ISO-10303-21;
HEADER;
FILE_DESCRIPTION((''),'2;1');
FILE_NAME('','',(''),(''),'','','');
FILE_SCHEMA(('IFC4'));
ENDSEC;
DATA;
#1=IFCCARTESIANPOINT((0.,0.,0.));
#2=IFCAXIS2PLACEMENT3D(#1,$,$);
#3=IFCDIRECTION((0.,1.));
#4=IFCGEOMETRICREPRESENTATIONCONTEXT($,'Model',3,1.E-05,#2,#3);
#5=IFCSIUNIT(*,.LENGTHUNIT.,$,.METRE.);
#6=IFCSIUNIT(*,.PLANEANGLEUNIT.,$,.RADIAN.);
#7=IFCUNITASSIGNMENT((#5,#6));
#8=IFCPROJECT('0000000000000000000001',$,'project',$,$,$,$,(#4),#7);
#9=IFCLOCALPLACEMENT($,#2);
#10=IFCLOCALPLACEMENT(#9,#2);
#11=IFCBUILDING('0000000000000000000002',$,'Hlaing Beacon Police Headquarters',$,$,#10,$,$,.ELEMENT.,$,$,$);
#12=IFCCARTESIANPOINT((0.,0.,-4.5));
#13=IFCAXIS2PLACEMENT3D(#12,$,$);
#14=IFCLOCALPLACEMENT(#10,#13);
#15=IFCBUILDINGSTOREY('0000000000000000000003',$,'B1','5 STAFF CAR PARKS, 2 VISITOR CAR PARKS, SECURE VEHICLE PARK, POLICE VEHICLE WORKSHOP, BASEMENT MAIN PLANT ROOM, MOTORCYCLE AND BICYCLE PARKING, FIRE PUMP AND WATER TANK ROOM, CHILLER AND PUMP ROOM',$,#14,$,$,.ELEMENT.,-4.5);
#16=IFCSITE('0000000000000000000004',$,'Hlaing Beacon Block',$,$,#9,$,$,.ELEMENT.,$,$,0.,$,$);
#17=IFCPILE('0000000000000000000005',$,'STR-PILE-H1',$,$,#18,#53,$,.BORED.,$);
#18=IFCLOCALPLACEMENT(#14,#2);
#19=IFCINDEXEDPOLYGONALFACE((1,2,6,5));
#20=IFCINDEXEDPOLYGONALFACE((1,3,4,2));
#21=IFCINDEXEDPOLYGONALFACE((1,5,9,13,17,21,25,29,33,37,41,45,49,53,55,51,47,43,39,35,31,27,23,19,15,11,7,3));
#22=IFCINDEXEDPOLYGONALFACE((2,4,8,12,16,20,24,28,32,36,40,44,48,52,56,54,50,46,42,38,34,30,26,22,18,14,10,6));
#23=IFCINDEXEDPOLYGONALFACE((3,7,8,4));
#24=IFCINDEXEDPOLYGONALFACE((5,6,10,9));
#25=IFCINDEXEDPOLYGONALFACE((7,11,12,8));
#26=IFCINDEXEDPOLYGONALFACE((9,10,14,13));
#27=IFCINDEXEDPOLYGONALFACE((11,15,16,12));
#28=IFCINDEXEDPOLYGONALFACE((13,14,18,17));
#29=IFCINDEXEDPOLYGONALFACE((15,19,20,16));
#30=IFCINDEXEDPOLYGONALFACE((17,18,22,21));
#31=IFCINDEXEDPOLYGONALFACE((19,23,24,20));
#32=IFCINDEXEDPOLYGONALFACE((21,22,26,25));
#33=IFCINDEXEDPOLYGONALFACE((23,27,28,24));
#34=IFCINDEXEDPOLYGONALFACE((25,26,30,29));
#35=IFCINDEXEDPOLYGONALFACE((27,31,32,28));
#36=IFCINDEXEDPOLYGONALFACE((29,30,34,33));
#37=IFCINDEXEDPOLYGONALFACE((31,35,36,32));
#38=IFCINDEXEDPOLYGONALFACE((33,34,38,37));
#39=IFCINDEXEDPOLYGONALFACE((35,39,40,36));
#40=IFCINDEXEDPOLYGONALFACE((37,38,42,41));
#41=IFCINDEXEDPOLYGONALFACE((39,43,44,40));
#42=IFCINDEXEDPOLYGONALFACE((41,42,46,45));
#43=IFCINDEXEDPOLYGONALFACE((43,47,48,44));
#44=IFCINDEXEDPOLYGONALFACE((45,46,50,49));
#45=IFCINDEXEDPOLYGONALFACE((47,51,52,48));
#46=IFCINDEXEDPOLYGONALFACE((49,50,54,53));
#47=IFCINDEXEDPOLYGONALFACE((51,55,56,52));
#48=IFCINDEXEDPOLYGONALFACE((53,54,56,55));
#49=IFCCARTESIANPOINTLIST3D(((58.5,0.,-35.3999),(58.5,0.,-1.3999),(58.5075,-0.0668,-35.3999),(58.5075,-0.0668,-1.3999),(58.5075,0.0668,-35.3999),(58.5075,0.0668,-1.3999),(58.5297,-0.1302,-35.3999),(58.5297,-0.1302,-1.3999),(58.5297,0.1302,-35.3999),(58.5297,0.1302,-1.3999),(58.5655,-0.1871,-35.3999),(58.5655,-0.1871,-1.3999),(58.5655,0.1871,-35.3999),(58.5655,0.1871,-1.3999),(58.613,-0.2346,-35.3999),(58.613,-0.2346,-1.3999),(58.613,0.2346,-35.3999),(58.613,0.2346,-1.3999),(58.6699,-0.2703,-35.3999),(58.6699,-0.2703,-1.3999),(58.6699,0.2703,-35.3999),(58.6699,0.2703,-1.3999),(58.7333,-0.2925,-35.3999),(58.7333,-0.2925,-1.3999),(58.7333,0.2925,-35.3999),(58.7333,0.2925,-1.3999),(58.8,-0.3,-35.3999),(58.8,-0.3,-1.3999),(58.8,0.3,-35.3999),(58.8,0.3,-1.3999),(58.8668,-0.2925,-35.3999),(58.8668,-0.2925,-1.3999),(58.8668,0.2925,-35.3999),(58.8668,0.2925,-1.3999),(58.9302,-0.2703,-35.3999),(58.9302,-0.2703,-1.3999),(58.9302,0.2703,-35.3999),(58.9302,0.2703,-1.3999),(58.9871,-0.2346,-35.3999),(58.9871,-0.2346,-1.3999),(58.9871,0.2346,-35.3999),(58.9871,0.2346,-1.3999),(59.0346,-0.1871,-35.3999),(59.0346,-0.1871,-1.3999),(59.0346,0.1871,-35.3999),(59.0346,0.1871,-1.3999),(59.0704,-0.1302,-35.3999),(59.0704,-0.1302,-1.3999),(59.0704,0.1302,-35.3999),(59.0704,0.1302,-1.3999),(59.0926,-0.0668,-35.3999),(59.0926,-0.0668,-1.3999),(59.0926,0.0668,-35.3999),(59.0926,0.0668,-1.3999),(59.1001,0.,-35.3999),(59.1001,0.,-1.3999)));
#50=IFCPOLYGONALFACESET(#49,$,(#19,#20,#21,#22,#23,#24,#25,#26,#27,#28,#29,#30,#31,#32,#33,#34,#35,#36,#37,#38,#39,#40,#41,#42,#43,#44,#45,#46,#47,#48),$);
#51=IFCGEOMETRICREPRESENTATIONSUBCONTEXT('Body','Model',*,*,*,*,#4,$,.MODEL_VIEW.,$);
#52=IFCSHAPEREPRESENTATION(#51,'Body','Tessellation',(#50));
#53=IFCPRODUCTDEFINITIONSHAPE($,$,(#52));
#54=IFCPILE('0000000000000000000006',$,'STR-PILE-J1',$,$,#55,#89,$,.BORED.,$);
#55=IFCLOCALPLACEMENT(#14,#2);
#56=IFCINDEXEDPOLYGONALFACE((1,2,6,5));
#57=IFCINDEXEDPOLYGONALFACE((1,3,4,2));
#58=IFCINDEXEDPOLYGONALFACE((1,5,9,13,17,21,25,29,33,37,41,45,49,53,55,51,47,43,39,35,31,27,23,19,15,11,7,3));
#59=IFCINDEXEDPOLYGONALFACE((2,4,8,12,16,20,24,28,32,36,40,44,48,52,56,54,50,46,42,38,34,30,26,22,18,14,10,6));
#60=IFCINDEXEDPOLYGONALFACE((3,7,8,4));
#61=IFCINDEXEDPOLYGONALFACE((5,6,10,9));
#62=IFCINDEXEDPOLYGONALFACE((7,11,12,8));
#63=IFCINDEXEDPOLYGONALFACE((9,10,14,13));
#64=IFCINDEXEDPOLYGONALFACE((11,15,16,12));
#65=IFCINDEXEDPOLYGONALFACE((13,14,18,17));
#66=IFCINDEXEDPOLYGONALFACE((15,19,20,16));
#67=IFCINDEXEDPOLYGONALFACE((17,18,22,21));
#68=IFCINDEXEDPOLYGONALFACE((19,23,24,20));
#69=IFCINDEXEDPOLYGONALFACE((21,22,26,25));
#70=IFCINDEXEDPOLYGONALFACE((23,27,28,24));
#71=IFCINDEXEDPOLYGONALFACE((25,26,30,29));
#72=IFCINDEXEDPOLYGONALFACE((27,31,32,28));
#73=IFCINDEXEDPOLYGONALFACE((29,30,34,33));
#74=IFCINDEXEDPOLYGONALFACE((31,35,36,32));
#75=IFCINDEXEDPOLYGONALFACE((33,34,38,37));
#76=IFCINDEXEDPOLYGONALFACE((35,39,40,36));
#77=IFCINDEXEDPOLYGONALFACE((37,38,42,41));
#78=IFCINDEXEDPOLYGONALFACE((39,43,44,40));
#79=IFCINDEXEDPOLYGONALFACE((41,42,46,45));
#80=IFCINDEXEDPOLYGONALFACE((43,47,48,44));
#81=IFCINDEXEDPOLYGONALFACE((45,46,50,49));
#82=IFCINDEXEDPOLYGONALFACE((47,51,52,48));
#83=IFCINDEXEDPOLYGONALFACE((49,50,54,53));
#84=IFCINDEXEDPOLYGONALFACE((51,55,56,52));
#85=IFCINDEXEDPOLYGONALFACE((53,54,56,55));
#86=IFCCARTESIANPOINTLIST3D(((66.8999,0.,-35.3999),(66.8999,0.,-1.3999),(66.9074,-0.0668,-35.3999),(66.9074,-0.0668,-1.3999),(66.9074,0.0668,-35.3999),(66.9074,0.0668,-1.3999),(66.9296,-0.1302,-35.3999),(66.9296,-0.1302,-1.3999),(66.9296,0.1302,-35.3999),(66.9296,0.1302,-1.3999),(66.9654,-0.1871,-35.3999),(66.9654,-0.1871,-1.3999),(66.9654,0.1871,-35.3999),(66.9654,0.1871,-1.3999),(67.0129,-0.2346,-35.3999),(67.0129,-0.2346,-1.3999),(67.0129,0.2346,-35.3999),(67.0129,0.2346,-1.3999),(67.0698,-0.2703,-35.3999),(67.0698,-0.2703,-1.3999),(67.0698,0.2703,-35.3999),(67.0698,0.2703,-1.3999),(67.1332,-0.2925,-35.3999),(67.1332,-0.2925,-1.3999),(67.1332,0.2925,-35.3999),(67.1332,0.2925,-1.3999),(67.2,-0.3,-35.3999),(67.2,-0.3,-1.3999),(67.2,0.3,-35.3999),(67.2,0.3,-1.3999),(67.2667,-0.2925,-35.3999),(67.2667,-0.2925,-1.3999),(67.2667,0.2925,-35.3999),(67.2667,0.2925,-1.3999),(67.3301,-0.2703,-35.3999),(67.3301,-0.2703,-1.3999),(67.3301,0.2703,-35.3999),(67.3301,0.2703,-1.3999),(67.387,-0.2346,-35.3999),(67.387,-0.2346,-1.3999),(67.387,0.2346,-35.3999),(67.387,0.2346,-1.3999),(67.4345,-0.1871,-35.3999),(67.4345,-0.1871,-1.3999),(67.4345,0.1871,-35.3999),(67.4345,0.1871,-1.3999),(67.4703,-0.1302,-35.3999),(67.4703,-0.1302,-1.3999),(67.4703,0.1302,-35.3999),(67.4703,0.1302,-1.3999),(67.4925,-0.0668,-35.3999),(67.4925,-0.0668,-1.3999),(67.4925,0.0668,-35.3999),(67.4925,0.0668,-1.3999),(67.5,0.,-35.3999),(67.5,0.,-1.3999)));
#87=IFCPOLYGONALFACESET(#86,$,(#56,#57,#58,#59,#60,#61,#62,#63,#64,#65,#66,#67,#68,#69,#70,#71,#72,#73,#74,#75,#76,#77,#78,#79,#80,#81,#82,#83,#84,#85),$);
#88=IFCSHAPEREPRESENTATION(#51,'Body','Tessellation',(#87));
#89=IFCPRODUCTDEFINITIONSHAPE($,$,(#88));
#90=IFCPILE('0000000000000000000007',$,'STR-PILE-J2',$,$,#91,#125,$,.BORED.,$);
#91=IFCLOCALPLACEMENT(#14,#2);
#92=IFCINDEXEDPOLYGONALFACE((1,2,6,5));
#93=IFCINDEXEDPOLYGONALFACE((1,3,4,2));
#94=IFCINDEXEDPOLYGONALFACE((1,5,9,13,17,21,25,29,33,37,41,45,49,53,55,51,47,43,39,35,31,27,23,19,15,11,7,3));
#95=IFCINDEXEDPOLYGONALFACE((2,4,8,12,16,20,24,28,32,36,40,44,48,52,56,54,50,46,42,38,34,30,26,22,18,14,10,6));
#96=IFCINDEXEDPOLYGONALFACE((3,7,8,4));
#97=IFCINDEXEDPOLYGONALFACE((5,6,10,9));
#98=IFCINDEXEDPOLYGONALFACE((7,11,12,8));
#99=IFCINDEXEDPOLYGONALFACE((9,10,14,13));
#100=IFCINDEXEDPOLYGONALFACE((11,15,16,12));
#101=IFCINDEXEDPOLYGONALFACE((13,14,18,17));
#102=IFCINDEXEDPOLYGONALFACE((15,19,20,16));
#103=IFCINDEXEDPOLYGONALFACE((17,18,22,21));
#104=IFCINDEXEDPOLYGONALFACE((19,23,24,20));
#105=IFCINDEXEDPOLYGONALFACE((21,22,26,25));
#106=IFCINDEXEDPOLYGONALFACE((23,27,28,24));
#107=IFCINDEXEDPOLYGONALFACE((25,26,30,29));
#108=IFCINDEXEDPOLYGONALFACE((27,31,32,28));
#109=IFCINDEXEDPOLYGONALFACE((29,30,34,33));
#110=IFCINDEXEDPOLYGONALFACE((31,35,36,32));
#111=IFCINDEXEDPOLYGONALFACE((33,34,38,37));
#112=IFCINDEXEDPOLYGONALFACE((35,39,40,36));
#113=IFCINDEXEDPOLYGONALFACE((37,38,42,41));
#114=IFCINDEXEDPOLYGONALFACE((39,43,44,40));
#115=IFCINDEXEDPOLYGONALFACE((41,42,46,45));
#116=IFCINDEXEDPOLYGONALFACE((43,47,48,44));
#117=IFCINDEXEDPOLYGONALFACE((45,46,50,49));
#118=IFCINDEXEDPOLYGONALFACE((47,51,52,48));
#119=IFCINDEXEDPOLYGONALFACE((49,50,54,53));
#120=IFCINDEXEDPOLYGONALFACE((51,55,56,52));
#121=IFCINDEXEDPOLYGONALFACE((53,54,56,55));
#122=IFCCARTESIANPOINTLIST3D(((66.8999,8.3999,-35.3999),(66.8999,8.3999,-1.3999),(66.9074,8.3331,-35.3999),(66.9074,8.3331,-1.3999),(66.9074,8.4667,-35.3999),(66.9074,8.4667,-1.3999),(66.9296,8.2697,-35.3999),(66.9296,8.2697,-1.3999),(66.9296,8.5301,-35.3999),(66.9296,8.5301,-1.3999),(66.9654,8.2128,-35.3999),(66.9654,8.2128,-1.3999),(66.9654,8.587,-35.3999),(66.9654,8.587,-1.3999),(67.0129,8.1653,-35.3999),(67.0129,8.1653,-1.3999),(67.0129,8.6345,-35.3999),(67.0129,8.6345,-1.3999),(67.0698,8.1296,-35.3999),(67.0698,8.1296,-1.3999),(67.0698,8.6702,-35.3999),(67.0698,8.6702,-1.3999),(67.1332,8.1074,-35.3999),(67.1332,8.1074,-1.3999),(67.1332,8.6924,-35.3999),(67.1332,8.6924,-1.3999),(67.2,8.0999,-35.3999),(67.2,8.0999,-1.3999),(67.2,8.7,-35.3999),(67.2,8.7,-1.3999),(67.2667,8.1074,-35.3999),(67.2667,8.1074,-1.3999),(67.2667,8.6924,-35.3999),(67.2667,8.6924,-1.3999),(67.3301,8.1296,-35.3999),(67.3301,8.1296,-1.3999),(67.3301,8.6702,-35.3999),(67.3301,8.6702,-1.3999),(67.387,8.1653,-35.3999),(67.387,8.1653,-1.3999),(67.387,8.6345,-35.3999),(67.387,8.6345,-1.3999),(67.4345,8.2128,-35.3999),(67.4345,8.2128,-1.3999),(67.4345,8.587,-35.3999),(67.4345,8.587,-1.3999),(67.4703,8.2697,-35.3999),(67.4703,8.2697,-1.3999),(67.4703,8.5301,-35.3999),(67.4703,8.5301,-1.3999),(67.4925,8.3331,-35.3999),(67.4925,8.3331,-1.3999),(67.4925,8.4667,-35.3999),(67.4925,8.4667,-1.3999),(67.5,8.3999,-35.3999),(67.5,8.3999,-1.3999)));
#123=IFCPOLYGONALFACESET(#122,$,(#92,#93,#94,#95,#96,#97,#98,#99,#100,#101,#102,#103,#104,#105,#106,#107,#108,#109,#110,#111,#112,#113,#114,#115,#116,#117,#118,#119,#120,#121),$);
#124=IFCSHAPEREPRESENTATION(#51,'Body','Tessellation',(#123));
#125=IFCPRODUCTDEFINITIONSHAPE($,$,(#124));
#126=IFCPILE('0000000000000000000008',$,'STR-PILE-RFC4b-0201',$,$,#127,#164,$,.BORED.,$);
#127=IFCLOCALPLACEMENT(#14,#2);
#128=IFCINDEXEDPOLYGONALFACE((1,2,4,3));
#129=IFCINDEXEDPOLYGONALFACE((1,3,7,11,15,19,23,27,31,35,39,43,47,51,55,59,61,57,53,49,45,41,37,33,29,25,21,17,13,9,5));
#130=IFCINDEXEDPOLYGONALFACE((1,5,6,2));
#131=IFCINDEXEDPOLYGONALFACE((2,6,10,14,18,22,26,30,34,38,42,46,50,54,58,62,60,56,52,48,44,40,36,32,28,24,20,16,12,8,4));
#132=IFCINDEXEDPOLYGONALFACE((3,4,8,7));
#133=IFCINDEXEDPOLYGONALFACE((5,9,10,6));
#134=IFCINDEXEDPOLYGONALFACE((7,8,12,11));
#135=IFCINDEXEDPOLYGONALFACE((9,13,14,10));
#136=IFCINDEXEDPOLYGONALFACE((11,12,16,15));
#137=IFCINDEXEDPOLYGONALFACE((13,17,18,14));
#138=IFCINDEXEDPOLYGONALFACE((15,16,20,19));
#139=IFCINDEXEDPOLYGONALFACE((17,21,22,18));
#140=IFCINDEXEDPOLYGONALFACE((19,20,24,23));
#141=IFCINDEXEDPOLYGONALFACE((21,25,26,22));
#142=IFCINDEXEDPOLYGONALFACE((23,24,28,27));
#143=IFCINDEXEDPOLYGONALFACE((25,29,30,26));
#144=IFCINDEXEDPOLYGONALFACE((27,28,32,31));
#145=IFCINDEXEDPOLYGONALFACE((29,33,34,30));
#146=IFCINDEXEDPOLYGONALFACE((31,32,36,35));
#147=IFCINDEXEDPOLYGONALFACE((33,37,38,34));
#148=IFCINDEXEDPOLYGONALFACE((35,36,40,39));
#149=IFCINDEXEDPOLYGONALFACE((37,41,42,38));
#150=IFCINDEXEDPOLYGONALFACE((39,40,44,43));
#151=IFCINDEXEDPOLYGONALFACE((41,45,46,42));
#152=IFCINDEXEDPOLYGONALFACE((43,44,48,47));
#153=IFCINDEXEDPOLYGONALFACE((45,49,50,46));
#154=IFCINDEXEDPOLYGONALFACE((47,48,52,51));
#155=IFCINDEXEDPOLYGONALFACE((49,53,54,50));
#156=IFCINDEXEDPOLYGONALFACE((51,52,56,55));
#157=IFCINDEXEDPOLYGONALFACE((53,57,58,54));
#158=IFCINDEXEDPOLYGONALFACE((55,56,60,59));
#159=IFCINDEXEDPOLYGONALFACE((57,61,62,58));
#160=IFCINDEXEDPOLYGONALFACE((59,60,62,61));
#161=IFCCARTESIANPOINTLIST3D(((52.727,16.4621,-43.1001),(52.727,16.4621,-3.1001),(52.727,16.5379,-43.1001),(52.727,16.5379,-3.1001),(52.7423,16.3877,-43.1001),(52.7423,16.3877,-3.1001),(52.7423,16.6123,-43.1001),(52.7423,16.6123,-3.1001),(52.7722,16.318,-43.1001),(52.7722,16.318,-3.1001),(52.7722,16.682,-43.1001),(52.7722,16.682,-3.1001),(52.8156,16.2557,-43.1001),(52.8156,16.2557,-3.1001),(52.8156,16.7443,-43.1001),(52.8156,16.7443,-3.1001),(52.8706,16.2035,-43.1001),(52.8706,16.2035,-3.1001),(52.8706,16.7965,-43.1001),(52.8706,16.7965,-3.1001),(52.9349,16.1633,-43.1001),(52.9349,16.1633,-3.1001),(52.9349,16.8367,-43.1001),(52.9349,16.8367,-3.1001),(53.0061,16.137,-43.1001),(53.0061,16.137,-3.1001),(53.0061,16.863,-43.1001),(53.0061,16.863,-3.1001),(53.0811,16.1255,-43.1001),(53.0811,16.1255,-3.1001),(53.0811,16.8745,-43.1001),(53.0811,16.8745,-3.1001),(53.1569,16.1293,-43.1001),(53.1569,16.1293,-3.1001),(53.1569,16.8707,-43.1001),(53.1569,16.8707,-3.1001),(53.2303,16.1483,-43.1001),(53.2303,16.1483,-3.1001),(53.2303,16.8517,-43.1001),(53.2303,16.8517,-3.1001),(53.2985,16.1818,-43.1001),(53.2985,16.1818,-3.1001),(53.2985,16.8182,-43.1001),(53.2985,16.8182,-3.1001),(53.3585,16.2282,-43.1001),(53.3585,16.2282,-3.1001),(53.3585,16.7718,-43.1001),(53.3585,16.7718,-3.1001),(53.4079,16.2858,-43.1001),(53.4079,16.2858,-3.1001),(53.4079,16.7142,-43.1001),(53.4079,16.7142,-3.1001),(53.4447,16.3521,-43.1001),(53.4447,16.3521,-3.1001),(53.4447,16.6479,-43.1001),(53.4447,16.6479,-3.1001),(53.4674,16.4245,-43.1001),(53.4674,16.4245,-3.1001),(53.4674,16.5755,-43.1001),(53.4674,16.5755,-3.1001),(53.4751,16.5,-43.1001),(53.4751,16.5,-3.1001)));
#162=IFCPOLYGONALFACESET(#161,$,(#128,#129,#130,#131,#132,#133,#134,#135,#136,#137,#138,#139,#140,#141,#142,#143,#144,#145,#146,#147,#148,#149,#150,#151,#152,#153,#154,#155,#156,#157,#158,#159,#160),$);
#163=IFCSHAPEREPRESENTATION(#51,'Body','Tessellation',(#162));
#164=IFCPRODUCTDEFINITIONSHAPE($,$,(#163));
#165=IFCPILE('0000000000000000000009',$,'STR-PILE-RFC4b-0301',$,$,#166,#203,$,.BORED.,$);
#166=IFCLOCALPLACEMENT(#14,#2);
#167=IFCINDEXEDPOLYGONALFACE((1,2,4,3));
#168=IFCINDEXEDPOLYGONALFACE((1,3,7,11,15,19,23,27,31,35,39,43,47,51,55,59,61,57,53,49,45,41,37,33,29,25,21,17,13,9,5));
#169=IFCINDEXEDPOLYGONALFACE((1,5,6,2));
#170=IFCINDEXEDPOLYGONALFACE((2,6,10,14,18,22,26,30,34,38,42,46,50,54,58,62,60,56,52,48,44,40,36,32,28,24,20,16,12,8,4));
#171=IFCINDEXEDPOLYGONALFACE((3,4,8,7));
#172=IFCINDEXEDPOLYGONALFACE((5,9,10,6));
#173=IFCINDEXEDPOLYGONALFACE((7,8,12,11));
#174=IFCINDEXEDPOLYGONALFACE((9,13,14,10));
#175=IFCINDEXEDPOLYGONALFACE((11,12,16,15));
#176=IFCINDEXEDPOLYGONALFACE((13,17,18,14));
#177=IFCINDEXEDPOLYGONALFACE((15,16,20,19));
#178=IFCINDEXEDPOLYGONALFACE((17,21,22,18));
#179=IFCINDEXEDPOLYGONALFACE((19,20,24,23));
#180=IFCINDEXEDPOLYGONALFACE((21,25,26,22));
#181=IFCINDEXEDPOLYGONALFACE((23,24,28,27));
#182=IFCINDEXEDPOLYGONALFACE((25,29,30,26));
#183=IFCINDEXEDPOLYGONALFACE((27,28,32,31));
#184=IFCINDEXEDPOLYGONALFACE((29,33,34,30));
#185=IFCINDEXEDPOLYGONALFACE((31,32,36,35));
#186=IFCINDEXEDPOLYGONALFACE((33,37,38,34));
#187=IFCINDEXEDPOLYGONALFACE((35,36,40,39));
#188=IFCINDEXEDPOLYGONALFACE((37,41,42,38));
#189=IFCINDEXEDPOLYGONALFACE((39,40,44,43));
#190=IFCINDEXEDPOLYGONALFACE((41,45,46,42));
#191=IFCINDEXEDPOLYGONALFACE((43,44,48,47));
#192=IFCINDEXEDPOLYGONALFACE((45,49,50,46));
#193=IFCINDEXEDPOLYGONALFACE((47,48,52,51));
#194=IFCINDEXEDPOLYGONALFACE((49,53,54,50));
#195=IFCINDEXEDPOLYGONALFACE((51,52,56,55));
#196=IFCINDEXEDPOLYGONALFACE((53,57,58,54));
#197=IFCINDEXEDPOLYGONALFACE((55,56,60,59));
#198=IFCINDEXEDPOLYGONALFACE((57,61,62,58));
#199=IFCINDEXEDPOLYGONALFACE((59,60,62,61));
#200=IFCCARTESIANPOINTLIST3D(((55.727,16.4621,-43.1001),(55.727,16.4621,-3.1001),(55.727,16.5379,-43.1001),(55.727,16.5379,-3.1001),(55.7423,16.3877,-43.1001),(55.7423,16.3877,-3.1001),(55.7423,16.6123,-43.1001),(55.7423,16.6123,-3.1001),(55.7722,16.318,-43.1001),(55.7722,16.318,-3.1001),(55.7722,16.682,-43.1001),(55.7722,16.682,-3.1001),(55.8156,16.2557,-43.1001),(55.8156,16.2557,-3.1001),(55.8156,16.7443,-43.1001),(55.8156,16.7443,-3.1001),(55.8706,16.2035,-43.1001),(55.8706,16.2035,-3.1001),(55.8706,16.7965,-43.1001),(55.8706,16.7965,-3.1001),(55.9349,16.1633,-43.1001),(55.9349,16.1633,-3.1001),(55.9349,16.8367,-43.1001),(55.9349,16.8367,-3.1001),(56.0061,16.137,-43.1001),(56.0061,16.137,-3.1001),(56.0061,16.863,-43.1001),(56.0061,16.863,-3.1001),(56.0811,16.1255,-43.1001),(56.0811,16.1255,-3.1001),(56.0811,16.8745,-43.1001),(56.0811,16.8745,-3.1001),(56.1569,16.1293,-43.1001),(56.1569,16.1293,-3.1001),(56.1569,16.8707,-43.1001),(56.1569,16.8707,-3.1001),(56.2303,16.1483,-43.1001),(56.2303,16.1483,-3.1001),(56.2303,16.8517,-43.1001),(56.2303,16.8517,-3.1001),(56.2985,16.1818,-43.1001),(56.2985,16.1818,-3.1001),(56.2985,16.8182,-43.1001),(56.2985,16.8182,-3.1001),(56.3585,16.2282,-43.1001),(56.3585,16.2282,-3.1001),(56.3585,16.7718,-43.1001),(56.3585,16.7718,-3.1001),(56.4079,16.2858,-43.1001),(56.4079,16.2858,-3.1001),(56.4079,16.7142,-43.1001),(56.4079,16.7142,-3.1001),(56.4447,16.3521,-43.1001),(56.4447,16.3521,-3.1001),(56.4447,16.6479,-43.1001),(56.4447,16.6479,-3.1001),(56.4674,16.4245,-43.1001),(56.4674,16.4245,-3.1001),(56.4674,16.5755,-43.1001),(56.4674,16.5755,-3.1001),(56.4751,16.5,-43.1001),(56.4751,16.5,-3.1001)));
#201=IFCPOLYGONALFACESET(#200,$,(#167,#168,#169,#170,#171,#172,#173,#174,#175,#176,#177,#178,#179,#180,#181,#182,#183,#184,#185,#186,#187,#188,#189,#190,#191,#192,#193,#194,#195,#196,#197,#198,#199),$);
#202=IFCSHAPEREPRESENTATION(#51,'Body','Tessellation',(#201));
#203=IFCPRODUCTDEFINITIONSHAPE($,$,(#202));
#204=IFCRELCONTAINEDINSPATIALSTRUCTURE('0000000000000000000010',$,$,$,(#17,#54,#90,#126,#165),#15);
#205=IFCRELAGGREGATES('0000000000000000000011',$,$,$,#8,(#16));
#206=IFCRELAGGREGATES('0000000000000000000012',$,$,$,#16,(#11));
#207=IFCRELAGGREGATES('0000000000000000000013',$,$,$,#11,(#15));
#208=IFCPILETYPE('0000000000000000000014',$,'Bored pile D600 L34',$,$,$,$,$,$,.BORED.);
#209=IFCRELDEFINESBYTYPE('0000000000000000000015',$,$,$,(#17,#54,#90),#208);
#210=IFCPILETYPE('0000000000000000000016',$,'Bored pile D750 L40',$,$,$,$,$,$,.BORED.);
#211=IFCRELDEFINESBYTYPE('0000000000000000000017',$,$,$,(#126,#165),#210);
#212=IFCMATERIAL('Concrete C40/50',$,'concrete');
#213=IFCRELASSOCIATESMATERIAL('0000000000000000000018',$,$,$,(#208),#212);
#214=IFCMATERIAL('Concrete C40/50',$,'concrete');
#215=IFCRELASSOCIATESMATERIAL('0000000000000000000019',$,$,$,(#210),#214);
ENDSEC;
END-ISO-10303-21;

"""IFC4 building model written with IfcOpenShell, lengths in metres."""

from ifc_helpers import new_model, si_unit, direction, frame, origin, origin_2d, place, context, subcontext, project, spatial, circle, extrude, material, material_profile, profile_set, type_object, element, save


model = new_model("IFC4")

# Units and contexts
model_context = context("Model", 3, precision=1e-05, world=origin(), true_north=direction((0.0, 1.0)))
body_context = subcontext(model_context, "Body", "Model", "MODEL_VIEW")
ifc_project = project(units=[si_unit("LENGTHUNIT", "METRE"), si_unit("PLANEANGLEUNIT", "RADIAN")], contexts=[model_context])

# Site, building, storey
site_placement = place(None, origin())
site = spatial("IfcSite", under=ifc_project, at=site_placement, Name="Hlaing Beacon Block", CompositionType="ELEMENT", RefElevation=0.0)
building_placement = place(site_placement, origin())
building = spatial("IfcBuilding", under=site, at=building_placement, Name="Hlaing Beacon Police Headquarters", CompositionType="ELEMENT")
storey_placement = place(building_placement, frame((0.0, 0.0, -4.5)))
storey = spatial("IfcBuildingStorey", under=building, at=storey_placement, Name="B1", Description="5 STAFF CAR PARKS, 2 VISITOR CAR PARKS, SECURE VEHICLE PARK, POLICE VEHICLE WORKSHOP, BASEMENT MAIN PLANT ROOM, MOTORCYCLE AND BICYCLE PARKING, FIRE PUMP AND WATER TANK ROOM, CHILLER AND PUMP ROOM", CompositionType="ELEMENT", Elevation=-4.5)

# Piles
ifc_material_1 = material(Name="Concrete C40/50", Category="concrete")
ifc_material_profile_1 = material_profile(ifc_material_1, circle(Radius=0.3, at=origin_2d()), Name="D600")
ifc_profile_set_1 = profile_set([ifc_material_profile_1], Name="Concrete C40/50")
pile_type_1 = type_object("IfcPileType", Name="Bored pile D600 L34", PredefinedType="BORED", material=ifc_profile_set_1)
for number, where, z_axis, x_axis, name in (
    (1, (58.8, 0.0, -1.3999), (0.0, 0.0, -1.0), (1.0, 0.0, 0.0), "STR-PILE-H1"),
    (2, (67.2, 0.0, -1.3999), (0.0, 0.0, -1.0), (1.0, 0.0, 0.0), "STR-PILE-J1"),
    (3, (67.2, 8.3999, -1.3999), (0.0, 0.0, -1.0), (1.0, 0.0, 0.0), "STR-PILE-J2"),
):
    element("IfcPile", number, at=place(storey_placement, frame(where, z_axis=z_axis, x_axis=x_axis)), inside=storey, type_object=pile_type_1, Name=name, PredefinedType="BORED", context=body_context, shape_type="SweptSolid", body=[
        extrude(circle(Radius=0.3, at=origin_2d()), origin(), (0.0, 0.0, 1.0), 34.0),
    ])
ifc_material_2 = material(Name="Concrete C40/50", Category="concrete")
ifc_material_profile_2 = material_profile(ifc_material_2, circle(Radius=0.375, at=origin_2d()), Name="D750")
ifc_profile_set_2 = profile_set([ifc_material_profile_2], Name="Concrete C40/50")
pile_type_2 = type_object("IfcPileType", Name="Bored pile D750 L40", PredefinedType="BORED", material=ifc_profile_set_2)
for number, where, z_axis, x_axis, name in (
    (4, (53.1001, 16.5, -3.1001), (0.0, 0.0, -1.0), (1.0, 0.0, 0.0), "STR-PILE-RFC4b-0201"),
    (5, (56.1001, 16.5, -3.1001), (0.0, 0.0, -1.0), (1.0, 0.0, 0.0), "STR-PILE-RFC4b-0301"),
):
    element("IfcPile", number, at=place(storey_placement, frame(where, z_axis=z_axis, x_axis=x_axis)), inside=storey, type_object=pile_type_2, Name=name, PredefinedType="BORED", context=body_context, shape_type="SweptSolid", body=[
        extrude(circle(Radius=0.375, at=origin_2d()), origin(), (0.0, 0.0, 1.0), 40.0),
    ])

save(model, "model.ifc")
